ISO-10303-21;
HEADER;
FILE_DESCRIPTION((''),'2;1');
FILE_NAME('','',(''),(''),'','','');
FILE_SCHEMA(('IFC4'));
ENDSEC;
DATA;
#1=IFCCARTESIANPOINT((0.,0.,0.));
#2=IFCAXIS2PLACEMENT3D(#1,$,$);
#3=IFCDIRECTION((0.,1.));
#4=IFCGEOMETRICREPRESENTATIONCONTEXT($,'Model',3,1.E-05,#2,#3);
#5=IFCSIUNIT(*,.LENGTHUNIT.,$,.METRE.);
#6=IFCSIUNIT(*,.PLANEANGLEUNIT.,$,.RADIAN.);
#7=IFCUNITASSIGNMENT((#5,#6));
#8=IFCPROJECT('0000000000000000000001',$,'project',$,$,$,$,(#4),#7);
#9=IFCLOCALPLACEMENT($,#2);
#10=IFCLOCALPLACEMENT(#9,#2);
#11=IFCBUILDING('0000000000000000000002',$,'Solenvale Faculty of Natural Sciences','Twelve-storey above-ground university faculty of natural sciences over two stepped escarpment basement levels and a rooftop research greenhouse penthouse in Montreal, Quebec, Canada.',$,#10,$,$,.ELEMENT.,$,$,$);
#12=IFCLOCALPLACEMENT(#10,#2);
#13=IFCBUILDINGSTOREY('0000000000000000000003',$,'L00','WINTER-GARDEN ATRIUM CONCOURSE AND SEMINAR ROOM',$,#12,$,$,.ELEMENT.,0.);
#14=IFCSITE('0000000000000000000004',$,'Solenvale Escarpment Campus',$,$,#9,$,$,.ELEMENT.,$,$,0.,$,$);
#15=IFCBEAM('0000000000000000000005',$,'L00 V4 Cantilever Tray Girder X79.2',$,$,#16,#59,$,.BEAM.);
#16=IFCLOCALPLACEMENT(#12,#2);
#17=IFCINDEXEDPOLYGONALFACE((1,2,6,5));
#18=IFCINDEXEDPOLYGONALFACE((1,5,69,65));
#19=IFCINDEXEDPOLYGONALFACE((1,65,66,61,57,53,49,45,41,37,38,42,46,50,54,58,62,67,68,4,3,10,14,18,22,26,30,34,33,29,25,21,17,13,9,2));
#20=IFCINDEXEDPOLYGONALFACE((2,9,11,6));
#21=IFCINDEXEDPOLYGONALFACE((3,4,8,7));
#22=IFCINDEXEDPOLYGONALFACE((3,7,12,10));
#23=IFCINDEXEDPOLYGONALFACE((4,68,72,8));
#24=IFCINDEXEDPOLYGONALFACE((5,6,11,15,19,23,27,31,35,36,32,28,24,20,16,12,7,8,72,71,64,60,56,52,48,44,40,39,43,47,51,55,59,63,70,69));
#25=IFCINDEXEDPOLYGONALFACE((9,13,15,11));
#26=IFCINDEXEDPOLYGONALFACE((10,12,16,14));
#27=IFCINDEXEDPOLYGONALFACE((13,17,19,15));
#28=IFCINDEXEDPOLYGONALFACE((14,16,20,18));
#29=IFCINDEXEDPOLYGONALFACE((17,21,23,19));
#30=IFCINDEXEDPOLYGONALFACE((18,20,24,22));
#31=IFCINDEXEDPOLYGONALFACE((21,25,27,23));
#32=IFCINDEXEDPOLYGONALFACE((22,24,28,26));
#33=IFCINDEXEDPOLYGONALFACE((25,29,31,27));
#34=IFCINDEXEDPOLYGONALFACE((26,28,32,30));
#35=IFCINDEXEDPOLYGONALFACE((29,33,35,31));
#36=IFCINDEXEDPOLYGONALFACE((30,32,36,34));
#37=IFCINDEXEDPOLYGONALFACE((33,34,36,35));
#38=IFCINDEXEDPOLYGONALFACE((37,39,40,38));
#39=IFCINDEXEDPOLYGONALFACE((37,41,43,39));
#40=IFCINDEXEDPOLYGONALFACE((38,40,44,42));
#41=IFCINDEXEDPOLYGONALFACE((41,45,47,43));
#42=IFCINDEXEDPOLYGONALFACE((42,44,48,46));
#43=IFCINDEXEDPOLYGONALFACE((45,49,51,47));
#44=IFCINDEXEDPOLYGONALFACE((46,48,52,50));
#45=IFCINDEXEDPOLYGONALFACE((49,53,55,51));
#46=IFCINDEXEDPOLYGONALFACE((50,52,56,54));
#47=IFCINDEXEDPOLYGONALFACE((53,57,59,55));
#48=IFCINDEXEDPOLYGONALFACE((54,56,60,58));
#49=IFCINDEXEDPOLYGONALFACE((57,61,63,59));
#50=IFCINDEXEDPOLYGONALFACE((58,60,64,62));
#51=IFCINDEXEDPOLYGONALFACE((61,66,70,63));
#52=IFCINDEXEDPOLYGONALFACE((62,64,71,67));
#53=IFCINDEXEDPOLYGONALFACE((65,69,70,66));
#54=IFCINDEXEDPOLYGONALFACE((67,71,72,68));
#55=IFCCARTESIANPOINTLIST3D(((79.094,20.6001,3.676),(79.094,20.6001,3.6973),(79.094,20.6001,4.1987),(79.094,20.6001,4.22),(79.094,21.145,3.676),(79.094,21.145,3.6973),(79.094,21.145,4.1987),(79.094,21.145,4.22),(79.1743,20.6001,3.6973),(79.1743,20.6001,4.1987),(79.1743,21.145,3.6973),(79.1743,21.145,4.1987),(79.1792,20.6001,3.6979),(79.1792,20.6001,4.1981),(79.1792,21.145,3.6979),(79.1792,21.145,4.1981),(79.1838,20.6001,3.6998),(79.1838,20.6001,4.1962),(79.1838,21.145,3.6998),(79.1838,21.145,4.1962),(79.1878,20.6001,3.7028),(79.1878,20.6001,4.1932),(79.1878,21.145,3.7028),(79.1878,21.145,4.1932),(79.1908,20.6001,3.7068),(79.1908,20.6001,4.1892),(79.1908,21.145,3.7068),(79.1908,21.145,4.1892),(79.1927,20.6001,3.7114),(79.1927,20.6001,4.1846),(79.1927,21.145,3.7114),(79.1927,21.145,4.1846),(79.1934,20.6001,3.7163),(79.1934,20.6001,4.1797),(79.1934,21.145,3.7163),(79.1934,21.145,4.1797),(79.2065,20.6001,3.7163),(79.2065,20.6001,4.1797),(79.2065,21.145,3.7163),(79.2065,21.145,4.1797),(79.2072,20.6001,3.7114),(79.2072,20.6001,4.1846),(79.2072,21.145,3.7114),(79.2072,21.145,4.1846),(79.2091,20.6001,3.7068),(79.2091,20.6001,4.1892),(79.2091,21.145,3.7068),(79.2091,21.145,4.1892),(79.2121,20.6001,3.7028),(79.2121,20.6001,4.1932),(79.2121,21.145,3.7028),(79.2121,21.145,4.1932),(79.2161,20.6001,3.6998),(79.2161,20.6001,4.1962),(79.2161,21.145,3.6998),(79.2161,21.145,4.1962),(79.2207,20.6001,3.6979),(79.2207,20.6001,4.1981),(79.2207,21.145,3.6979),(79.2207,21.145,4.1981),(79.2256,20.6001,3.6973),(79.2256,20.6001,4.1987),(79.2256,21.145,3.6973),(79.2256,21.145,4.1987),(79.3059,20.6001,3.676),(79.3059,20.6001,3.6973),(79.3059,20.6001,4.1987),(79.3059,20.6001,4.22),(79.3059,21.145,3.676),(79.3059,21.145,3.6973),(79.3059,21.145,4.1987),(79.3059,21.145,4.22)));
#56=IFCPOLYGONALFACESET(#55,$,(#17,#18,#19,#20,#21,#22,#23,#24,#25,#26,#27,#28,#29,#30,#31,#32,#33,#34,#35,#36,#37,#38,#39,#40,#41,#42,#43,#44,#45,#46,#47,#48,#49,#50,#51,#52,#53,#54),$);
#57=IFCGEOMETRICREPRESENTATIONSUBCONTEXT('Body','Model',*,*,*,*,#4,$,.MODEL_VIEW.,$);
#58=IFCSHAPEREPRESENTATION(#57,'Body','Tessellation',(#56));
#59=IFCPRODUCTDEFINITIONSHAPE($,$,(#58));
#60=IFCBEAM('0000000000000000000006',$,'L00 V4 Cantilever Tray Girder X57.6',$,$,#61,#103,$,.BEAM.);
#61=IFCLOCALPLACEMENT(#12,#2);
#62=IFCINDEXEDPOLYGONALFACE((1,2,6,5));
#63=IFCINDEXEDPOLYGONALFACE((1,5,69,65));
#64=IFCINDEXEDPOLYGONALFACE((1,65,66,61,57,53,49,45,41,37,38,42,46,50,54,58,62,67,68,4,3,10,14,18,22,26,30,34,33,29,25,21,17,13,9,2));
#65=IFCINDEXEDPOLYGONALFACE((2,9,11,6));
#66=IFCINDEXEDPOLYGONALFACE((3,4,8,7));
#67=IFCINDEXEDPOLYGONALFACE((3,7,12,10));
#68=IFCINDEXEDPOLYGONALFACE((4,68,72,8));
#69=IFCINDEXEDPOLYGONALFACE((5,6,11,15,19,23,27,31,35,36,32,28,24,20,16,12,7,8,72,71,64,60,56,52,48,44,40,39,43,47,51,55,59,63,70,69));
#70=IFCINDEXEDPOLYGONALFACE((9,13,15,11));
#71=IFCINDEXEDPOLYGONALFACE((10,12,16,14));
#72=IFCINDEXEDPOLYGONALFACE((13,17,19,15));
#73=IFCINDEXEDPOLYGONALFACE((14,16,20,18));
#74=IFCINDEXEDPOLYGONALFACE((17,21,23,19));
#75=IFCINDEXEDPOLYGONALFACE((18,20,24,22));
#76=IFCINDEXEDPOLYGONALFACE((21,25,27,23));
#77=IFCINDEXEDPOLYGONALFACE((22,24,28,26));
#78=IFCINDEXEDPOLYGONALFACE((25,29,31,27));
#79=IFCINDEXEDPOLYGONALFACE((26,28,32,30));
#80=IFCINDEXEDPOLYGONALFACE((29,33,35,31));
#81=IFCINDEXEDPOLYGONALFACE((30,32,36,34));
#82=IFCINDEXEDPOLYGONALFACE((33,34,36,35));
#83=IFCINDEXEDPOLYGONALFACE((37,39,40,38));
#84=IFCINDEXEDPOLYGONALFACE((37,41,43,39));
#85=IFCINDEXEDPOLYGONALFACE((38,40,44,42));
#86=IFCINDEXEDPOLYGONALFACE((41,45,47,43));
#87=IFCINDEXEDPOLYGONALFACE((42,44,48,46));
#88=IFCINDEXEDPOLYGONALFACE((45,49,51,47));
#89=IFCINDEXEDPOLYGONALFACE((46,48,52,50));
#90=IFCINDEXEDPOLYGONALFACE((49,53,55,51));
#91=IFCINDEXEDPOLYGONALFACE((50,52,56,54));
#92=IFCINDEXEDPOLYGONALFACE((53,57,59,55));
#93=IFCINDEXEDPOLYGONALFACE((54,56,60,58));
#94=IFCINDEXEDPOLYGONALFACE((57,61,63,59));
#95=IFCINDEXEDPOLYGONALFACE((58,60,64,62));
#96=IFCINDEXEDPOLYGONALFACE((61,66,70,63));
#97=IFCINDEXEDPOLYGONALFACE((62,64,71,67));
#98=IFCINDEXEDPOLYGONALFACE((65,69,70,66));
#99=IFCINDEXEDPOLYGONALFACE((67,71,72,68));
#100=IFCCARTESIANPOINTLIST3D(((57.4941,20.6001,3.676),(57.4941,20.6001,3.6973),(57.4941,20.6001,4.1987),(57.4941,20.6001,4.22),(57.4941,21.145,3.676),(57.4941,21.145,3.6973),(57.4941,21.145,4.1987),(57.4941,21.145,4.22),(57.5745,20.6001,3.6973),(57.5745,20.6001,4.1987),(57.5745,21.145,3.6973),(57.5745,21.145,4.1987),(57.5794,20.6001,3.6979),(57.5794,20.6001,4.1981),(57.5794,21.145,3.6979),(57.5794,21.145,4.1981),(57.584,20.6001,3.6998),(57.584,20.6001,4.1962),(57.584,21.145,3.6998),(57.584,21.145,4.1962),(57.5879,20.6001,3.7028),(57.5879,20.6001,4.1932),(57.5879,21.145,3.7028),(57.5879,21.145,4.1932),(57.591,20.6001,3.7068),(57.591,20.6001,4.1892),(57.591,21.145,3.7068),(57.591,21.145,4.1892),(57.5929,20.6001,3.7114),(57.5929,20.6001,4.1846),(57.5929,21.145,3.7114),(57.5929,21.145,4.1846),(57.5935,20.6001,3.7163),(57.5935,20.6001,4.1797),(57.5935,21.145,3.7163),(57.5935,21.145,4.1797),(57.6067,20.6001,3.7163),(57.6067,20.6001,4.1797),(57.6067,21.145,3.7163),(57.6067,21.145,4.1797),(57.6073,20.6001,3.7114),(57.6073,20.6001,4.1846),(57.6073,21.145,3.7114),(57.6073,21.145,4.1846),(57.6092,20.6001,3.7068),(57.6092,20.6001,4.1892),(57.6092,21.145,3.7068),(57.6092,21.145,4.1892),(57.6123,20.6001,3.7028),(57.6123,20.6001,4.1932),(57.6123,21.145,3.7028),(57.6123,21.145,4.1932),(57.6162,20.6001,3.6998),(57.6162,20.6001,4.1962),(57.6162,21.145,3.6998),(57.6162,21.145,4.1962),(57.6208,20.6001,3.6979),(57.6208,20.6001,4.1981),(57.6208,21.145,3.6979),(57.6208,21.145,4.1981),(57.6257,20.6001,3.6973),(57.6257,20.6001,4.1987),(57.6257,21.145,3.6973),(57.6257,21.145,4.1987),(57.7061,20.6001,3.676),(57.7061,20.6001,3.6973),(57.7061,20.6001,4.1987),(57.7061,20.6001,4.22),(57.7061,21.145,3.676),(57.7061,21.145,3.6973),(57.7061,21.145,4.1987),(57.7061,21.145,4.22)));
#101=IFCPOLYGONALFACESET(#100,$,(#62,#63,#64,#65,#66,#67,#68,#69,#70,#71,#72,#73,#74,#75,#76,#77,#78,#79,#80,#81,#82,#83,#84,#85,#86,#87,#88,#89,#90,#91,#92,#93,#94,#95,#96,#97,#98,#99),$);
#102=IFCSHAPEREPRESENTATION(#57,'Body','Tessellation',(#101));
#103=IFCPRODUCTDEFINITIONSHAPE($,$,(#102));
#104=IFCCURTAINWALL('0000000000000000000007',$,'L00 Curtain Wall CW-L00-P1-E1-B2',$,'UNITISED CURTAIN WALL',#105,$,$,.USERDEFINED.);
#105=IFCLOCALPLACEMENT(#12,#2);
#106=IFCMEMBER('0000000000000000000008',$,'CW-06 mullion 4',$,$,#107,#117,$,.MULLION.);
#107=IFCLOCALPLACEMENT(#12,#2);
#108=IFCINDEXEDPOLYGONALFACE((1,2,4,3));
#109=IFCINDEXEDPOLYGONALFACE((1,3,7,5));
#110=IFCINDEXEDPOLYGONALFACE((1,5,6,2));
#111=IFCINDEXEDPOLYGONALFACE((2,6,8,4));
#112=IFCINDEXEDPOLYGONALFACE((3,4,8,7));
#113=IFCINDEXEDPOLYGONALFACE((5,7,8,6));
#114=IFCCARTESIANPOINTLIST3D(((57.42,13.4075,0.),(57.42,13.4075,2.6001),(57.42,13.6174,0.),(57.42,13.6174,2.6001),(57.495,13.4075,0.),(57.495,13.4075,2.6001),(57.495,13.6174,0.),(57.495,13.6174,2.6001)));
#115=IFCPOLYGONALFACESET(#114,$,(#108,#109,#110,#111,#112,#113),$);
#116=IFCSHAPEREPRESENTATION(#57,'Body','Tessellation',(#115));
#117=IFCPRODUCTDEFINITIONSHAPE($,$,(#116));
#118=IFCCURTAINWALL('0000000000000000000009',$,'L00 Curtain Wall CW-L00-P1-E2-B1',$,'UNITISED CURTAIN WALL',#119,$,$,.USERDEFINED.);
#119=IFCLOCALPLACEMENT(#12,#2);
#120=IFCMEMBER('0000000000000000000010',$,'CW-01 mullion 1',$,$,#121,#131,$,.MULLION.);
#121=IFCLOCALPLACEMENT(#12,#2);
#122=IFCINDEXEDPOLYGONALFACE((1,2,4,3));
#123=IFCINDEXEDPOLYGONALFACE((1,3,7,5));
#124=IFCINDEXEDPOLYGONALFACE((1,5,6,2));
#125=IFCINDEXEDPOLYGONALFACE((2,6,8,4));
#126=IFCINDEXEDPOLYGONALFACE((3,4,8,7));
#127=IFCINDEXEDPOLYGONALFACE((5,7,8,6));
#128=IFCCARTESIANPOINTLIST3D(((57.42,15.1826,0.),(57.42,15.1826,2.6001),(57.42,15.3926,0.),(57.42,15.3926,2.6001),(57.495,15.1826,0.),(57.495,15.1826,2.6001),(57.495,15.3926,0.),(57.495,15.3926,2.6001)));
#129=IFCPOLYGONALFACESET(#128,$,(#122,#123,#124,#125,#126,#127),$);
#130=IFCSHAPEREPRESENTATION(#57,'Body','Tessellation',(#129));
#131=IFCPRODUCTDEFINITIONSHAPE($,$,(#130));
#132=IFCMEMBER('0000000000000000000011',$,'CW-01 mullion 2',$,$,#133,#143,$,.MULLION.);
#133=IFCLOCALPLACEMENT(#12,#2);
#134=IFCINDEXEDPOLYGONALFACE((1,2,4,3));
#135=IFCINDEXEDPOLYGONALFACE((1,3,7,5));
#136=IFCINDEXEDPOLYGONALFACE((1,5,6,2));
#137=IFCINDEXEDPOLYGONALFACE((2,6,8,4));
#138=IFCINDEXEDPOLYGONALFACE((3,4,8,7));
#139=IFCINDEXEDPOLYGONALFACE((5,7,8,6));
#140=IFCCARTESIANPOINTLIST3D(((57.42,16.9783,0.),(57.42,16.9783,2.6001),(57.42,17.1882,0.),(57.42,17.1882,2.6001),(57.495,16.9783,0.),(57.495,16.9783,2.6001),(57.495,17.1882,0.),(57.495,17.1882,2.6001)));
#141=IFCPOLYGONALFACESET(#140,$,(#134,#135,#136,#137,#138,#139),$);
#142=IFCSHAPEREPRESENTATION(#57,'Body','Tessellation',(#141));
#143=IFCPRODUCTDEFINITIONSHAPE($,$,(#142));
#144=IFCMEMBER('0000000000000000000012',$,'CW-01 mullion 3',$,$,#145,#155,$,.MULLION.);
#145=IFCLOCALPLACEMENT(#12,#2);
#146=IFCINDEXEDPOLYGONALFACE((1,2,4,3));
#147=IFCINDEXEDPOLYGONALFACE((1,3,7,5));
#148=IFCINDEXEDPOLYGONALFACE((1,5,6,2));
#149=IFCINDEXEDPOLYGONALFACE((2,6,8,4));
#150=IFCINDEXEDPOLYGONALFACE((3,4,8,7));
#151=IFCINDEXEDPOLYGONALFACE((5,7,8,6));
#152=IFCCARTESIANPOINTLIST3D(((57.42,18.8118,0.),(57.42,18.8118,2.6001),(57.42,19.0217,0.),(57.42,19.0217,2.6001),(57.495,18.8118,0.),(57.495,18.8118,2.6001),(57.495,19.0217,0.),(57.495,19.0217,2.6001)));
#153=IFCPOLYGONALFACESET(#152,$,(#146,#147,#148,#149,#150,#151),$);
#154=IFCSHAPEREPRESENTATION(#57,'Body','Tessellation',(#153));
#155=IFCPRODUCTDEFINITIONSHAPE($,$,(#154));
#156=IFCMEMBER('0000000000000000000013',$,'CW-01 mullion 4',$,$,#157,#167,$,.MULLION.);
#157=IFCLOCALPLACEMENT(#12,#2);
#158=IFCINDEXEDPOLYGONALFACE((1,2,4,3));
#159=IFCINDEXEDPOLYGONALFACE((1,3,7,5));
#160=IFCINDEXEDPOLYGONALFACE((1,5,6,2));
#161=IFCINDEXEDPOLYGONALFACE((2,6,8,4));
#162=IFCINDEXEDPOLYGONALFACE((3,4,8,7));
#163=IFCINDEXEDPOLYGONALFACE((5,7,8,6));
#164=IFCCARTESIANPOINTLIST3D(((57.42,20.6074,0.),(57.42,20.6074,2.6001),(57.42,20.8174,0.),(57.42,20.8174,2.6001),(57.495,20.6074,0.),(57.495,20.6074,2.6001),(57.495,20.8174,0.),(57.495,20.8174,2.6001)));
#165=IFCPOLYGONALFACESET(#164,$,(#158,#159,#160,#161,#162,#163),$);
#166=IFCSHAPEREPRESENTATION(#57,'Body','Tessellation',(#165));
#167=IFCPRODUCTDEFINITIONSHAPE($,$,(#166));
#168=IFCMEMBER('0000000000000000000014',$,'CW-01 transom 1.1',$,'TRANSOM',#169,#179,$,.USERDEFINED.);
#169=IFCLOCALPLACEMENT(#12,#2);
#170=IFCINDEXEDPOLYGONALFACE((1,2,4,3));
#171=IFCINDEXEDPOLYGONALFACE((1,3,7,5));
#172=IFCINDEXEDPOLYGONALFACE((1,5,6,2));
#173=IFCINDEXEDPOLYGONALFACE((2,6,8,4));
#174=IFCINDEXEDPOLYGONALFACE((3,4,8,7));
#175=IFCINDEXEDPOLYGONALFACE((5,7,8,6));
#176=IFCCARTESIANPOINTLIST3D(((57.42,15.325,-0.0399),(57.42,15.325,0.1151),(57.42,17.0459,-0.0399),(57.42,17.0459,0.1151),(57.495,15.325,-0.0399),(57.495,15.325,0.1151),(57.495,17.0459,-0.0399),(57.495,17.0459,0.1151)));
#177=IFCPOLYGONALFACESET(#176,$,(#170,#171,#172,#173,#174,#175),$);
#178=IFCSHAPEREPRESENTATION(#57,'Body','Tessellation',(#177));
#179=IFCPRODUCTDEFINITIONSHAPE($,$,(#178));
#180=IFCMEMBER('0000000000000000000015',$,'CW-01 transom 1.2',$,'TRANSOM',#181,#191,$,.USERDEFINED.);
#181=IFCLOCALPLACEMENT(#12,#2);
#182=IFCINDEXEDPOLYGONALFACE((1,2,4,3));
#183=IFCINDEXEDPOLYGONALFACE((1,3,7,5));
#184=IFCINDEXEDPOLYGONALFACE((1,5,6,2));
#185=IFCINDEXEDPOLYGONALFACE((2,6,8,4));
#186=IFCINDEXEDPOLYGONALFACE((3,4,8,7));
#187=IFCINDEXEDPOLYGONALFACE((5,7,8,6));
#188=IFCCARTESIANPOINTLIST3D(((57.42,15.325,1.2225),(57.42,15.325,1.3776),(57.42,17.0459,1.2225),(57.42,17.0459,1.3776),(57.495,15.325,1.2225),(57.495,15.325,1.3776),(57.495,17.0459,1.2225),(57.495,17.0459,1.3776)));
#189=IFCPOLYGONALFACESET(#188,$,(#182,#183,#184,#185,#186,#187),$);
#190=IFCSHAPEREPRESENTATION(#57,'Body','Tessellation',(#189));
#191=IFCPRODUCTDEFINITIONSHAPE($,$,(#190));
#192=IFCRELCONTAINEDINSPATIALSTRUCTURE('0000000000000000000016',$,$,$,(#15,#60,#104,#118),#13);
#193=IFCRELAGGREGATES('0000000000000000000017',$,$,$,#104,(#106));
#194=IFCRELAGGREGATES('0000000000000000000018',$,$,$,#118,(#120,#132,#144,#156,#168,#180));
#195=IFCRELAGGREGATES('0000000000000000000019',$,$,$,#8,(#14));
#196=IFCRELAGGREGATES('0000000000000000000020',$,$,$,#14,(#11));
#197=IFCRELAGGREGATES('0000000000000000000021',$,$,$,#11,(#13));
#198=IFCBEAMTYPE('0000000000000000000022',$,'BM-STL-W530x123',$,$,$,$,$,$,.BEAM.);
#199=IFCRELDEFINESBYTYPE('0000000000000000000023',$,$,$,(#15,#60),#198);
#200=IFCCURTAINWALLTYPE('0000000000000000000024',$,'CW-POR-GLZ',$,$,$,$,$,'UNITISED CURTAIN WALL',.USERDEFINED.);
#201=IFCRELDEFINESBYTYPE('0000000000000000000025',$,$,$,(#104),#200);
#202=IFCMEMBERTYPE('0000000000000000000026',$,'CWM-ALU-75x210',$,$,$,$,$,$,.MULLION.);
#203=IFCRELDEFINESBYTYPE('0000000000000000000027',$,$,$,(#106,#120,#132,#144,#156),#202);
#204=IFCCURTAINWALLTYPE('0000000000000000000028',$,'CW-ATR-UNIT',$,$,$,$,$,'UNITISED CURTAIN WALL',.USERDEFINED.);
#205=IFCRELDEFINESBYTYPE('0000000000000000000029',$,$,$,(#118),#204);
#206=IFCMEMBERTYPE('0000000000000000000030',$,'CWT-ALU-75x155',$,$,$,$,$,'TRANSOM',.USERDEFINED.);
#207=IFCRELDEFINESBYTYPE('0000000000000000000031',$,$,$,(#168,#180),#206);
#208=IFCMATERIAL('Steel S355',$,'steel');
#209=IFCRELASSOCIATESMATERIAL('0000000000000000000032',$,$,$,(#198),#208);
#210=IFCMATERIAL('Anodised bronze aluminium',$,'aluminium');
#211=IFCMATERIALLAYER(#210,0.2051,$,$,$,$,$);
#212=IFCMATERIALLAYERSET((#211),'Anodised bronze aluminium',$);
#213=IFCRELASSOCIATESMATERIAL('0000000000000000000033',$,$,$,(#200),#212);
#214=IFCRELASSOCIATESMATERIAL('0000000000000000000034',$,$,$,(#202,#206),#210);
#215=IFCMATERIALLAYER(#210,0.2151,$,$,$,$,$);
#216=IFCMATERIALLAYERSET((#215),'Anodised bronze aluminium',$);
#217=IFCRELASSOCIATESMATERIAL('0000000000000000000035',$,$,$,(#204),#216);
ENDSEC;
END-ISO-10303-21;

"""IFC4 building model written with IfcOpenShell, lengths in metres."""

from ifc_helpers import new_model, si_unit, direction, frame, origin, origin_2d, place, context, subcontext, project, spatial, rectangle, i_section, extrude, material, layer, layer_set, material_profile, profile_set, type_object, element, aggregate, save


model = new_model("IFC4")

# Units and contexts
model_context = context("Model", 3, precision=1e-05, world=origin(), true_north=direction((0.0, 1.0)))
body_context = subcontext(model_context, "Body", "Model", "MODEL_VIEW")
ifc_project = project(units=[si_unit("LENGTHUNIT", "METRE"), si_unit("PLANEANGLEUNIT", "RADIAN")], contexts=[model_context])

# Site, building, storey
site_placement = place(None, origin())
site = spatial("IfcSite", under=ifc_project, at=site_placement, Name="Solenvale Escarpment Campus", CompositionType="ELEMENT", RefElevation=0.0)
building_placement = place(site_placement, origin())
building = spatial("IfcBuilding", under=site, at=building_placement, Name="Solenvale Faculty of Natural Sciences", Description="Twelve-storey above-ground university faculty of natural sciences over two stepped escarpment basement levels and a rooftop research greenhouse penthouse in Montreal, Quebec, Canada.", CompositionType="ELEMENT")
storey_placement = place(building_placement, origin())
storey = spatial("IfcBuildingStorey", under=building, at=storey_placement, Name="L00", Description="WINTER-GARDEN ATRIUM CONCOURSE AND SEMINAR ROOM", CompositionType="ELEMENT", Elevation=0.0)

# Shared definitions
ifc_material_1 = material(Name="Steel S355", Category="steel")

# Beams
ifc_material_profile_1 = material_profile(ifc_material_1, i_section(OverallWidth=0.2119, OverallDepth=0.5439, WebThickness=0.0132, FlangeThickness=0.0212, FilletRadius=0.019, at=origin_2d()), Name="W530x123")
ifc_profile_set_1 = profile_set([ifc_material_profile_1], Name="Steel S355")
beam_type_1 = type_object("IfcBeamType", Name="BM-STL-W530x123", PredefinedType="BEAM", material=ifc_profile_set_1)
for number, where, z_axis, x_axis, name in (
    (1, (79.2, 21.145, 3.948), (0.0, -1.0, 0.0), (1.0, 0.0, 0.0), "L00 V4 Cantilever Tray Girder X79.2"),
    (2, (57.6001, 21.145, 3.948), (0.0, -1.0, 0.0), (1.0, 0.0, 0.0), "L00 V4 Cantilever Tray Girder X57.6"),
):
    element("IfcBeam", number, at=place(storey_placement, frame(where, z_axis=z_axis, x_axis=x_axis)), inside=storey, type_object=beam_type_1, Name=name, PredefinedType="BEAM", context=body_context, shape_type="SweptSolid", body=[
        extrude(i_section(OverallWidth=0.2119, OverallDepth=0.5439, WebThickness=0.0132, FlangeThickness=0.0212, FilletRadius=0.019, at=origin_2d()), origin(), (0.0, 0.0, 1.0), 0.5449),
    ])

# Curtain wall, member
ifc_material_2 = material(Name="Anodised bronze aluminium", Category="aluminium")
ifc_layer_1 = layer(ifc_material_2, 0.2051)
ifc_layer_set_1 = layer_set([ifc_layer_1], Name="Anodised bronze aluminium")
curtain_wall_type_1 = type_object("IfcCurtainWallType", Name="CW-POR-GLZ", ElementType="UNITISED CURTAIN WALL", PredefinedType="USERDEFINED", material=ifc_layer_set_1)
curtain_wall_1_placement = place(storey_placement, origin())
curtain_wall_1 = element("IfcCurtainWall", 3, at=curtain_wall_1_placement, inside=storey, type_object=curtain_wall_type_1, Name="L00 Curtain Wall CW-L00-P1-E1-B2", ObjectType="UNITISED CURTAIN WALL", PredefinedType="USERDEFINED")
ifc_material_profile_2 = material_profile(ifc_material_2, rectangle(XDim=0.075, YDim=0.21, at=origin_2d()), Name="ALU-MUL-75x210")
ifc_profile_set_2 = profile_set([ifc_material_profile_2], Name="Anodised bronze aluminium")
member_type_1 = type_object("IfcMemberType", Name="CWM-ALU-75x210", PredefinedType="MULLION", material=ifc_profile_set_2)
member_1_placement = place(storey_placement, frame((57.4575, 13.5125, 0.0), z_axis=(0.0, 0.0, 1.0), x_axis=(-1.0, 0.0, 0.0)))
member_1 = element("IfcMember", 4, at=member_1_placement, type_object=member_type_1, Name="CW-06 mullion 4", PredefinedType="MULLION", context=body_context, shape_type="SweptSolid", body=[
    extrude(rectangle(XDim=0.075, YDim=0.21, at=origin_2d()), origin(), (0.0, 0.0, 1.0), 2.6001),
])
aggregate(curtain_wall_1, [member_1])

# Curtain wall, members
ifc_layer_2 = layer(ifc_material_2, 0.2151)
ifc_layer_set_2 = layer_set([ifc_layer_2], Name="Anodised bronze aluminium")
curtain_wall_type_2 = type_object("IfcCurtainWallType", Name="CW-ATR-UNIT", ElementType="UNITISED CURTAIN WALL", PredefinedType="USERDEFINED", material=ifc_layer_set_2)
curtain_wall_2_placement = place(storey_placement, origin())
curtain_wall_2 = element("IfcCurtainWall", 5, at=curtain_wall_2_placement, inside=storey, type_object=curtain_wall_type_2, Name="L00 Curtain Wall CW-L00-P1-E2-B1", ObjectType="UNITISED CURTAIN WALL", PredefinedType="USERDEFINED")
member_2_placement = place(storey_placement, frame((57.4575, 15.2876, 0.0), z_axis=(0.0, 0.0, 1.0), x_axis=(-1.0, 0.0, 0.0)))
member_2 = element("IfcMember", 6, at=member_2_placement, type_object=member_type_1, Name="CW-01 mullion 1", PredefinedType="MULLION", context=body_context, shape_type="SweptSolid", body=[
    extrude(rectangle(XDim=0.075, YDim=0.21, at=origin_2d()), origin(), (0.0, 0.0, 1.0), 2.6001),
])
member_3_placement = place(storey_placement, frame((57.4575, 17.0833, 0.0), z_axis=(0.0, 0.0, 1.0), x_axis=(-1.0, 0.0, 0.0)))
member_3 = element("IfcMember", 7, at=member_3_placement, type_object=member_type_1, Name="CW-01 mullion 2", PredefinedType="MULLION", context=body_context, shape_type="SweptSolid", body=[
    extrude(rectangle(XDim=0.075, YDim=0.21, at=origin_2d()), origin(), (0.0, 0.0, 1.0), 2.6001),
])
member_4_placement = place(storey_placement, frame((57.4575, 18.9167, 0.0), z_axis=(0.0, 0.0, 1.0), x_axis=(-1.0, 0.0, 0.0)))
member_4 = element("IfcMember", 8, at=member_4_placement, type_object=member_type_1, Name="CW-01 mullion 3", PredefinedType="MULLION", context=body_context, shape_type="SweptSolid", body=[
    extrude(rectangle(XDim=0.075, YDim=0.21, at=origin_2d()), origin(), (0.0, 0.0, 1.0), 2.6001),
])
member_5_placement = place(storey_placement, frame((57.4575, 20.7124, 0.0), z_axis=(0.0, 0.0, 1.0), x_axis=(-1.0, 0.0, 0.0)))
member_5 = element("IfcMember", 9, at=member_5_placement, type_object=member_type_1, Name="CW-01 mullion 4", PredefinedType="MULLION", context=body_context, shape_type="SweptSolid", body=[
    extrude(rectangle(XDim=0.075, YDim=0.21, at=origin_2d()), origin(), (0.0, 0.0, 1.0), 2.6001),
])
ifc_material_profile_3 = material_profile(ifc_material_2, rectangle(XDim=0.075, YDim=0.155, at=origin_2d()), Name="ALU-TRN-75x155")
ifc_profile_set_3 = profile_set([ifc_material_profile_3], Name="Anodised bronze aluminium")
member_type_2 = type_object("IfcMemberType", Name="CWT-ALU-75x155", ElementType="TRANSOM", PredefinedType="USERDEFINED", material=ifc_profile_set_3)
member_6_placement = place(storey_placement, frame((57.4575, 15.325, 0.0376), z_axis=(0.0, 1.0, 0.0), x_axis=(-1.0, 0.0, 0.0)))
member_6 = element("IfcMember", 10, at=member_6_placement, type_object=member_type_2, Name="CW-01 transom 1.1", ObjectType="TRANSOM", PredefinedType="USERDEFINED", context=body_context, shape_type="SweptSolid", body=[
    extrude(rectangle(XDim=0.075, YDim=0.155, at=origin_2d()), origin(), (0.0, 0.0, 1.0), 1.7209),
])
member_7_placement = place(storey_placement, frame((57.4575, 15.325, 1.3), z_axis=(0.0, 1.0, 0.0), x_axis=(-1.0, 0.0, 0.0)))
member_7 = element("IfcMember", 11, at=member_7_placement, type_object=member_type_2, Name="CW-01 transom 1.2", ObjectType="TRANSOM", PredefinedType="USERDEFINED", context=body_context, shape_type="SweptSolid", body=[
    extrude(rectangle(XDim=0.075, YDim=0.155, at=origin_2d()), origin(), (0.0, 0.0, 1.0), 1.7209),
])
aggregate(curtain_wall_2, [member_2, member_3, member_4, member_5, member_6, member_7])

save(model, "model.ifc")
